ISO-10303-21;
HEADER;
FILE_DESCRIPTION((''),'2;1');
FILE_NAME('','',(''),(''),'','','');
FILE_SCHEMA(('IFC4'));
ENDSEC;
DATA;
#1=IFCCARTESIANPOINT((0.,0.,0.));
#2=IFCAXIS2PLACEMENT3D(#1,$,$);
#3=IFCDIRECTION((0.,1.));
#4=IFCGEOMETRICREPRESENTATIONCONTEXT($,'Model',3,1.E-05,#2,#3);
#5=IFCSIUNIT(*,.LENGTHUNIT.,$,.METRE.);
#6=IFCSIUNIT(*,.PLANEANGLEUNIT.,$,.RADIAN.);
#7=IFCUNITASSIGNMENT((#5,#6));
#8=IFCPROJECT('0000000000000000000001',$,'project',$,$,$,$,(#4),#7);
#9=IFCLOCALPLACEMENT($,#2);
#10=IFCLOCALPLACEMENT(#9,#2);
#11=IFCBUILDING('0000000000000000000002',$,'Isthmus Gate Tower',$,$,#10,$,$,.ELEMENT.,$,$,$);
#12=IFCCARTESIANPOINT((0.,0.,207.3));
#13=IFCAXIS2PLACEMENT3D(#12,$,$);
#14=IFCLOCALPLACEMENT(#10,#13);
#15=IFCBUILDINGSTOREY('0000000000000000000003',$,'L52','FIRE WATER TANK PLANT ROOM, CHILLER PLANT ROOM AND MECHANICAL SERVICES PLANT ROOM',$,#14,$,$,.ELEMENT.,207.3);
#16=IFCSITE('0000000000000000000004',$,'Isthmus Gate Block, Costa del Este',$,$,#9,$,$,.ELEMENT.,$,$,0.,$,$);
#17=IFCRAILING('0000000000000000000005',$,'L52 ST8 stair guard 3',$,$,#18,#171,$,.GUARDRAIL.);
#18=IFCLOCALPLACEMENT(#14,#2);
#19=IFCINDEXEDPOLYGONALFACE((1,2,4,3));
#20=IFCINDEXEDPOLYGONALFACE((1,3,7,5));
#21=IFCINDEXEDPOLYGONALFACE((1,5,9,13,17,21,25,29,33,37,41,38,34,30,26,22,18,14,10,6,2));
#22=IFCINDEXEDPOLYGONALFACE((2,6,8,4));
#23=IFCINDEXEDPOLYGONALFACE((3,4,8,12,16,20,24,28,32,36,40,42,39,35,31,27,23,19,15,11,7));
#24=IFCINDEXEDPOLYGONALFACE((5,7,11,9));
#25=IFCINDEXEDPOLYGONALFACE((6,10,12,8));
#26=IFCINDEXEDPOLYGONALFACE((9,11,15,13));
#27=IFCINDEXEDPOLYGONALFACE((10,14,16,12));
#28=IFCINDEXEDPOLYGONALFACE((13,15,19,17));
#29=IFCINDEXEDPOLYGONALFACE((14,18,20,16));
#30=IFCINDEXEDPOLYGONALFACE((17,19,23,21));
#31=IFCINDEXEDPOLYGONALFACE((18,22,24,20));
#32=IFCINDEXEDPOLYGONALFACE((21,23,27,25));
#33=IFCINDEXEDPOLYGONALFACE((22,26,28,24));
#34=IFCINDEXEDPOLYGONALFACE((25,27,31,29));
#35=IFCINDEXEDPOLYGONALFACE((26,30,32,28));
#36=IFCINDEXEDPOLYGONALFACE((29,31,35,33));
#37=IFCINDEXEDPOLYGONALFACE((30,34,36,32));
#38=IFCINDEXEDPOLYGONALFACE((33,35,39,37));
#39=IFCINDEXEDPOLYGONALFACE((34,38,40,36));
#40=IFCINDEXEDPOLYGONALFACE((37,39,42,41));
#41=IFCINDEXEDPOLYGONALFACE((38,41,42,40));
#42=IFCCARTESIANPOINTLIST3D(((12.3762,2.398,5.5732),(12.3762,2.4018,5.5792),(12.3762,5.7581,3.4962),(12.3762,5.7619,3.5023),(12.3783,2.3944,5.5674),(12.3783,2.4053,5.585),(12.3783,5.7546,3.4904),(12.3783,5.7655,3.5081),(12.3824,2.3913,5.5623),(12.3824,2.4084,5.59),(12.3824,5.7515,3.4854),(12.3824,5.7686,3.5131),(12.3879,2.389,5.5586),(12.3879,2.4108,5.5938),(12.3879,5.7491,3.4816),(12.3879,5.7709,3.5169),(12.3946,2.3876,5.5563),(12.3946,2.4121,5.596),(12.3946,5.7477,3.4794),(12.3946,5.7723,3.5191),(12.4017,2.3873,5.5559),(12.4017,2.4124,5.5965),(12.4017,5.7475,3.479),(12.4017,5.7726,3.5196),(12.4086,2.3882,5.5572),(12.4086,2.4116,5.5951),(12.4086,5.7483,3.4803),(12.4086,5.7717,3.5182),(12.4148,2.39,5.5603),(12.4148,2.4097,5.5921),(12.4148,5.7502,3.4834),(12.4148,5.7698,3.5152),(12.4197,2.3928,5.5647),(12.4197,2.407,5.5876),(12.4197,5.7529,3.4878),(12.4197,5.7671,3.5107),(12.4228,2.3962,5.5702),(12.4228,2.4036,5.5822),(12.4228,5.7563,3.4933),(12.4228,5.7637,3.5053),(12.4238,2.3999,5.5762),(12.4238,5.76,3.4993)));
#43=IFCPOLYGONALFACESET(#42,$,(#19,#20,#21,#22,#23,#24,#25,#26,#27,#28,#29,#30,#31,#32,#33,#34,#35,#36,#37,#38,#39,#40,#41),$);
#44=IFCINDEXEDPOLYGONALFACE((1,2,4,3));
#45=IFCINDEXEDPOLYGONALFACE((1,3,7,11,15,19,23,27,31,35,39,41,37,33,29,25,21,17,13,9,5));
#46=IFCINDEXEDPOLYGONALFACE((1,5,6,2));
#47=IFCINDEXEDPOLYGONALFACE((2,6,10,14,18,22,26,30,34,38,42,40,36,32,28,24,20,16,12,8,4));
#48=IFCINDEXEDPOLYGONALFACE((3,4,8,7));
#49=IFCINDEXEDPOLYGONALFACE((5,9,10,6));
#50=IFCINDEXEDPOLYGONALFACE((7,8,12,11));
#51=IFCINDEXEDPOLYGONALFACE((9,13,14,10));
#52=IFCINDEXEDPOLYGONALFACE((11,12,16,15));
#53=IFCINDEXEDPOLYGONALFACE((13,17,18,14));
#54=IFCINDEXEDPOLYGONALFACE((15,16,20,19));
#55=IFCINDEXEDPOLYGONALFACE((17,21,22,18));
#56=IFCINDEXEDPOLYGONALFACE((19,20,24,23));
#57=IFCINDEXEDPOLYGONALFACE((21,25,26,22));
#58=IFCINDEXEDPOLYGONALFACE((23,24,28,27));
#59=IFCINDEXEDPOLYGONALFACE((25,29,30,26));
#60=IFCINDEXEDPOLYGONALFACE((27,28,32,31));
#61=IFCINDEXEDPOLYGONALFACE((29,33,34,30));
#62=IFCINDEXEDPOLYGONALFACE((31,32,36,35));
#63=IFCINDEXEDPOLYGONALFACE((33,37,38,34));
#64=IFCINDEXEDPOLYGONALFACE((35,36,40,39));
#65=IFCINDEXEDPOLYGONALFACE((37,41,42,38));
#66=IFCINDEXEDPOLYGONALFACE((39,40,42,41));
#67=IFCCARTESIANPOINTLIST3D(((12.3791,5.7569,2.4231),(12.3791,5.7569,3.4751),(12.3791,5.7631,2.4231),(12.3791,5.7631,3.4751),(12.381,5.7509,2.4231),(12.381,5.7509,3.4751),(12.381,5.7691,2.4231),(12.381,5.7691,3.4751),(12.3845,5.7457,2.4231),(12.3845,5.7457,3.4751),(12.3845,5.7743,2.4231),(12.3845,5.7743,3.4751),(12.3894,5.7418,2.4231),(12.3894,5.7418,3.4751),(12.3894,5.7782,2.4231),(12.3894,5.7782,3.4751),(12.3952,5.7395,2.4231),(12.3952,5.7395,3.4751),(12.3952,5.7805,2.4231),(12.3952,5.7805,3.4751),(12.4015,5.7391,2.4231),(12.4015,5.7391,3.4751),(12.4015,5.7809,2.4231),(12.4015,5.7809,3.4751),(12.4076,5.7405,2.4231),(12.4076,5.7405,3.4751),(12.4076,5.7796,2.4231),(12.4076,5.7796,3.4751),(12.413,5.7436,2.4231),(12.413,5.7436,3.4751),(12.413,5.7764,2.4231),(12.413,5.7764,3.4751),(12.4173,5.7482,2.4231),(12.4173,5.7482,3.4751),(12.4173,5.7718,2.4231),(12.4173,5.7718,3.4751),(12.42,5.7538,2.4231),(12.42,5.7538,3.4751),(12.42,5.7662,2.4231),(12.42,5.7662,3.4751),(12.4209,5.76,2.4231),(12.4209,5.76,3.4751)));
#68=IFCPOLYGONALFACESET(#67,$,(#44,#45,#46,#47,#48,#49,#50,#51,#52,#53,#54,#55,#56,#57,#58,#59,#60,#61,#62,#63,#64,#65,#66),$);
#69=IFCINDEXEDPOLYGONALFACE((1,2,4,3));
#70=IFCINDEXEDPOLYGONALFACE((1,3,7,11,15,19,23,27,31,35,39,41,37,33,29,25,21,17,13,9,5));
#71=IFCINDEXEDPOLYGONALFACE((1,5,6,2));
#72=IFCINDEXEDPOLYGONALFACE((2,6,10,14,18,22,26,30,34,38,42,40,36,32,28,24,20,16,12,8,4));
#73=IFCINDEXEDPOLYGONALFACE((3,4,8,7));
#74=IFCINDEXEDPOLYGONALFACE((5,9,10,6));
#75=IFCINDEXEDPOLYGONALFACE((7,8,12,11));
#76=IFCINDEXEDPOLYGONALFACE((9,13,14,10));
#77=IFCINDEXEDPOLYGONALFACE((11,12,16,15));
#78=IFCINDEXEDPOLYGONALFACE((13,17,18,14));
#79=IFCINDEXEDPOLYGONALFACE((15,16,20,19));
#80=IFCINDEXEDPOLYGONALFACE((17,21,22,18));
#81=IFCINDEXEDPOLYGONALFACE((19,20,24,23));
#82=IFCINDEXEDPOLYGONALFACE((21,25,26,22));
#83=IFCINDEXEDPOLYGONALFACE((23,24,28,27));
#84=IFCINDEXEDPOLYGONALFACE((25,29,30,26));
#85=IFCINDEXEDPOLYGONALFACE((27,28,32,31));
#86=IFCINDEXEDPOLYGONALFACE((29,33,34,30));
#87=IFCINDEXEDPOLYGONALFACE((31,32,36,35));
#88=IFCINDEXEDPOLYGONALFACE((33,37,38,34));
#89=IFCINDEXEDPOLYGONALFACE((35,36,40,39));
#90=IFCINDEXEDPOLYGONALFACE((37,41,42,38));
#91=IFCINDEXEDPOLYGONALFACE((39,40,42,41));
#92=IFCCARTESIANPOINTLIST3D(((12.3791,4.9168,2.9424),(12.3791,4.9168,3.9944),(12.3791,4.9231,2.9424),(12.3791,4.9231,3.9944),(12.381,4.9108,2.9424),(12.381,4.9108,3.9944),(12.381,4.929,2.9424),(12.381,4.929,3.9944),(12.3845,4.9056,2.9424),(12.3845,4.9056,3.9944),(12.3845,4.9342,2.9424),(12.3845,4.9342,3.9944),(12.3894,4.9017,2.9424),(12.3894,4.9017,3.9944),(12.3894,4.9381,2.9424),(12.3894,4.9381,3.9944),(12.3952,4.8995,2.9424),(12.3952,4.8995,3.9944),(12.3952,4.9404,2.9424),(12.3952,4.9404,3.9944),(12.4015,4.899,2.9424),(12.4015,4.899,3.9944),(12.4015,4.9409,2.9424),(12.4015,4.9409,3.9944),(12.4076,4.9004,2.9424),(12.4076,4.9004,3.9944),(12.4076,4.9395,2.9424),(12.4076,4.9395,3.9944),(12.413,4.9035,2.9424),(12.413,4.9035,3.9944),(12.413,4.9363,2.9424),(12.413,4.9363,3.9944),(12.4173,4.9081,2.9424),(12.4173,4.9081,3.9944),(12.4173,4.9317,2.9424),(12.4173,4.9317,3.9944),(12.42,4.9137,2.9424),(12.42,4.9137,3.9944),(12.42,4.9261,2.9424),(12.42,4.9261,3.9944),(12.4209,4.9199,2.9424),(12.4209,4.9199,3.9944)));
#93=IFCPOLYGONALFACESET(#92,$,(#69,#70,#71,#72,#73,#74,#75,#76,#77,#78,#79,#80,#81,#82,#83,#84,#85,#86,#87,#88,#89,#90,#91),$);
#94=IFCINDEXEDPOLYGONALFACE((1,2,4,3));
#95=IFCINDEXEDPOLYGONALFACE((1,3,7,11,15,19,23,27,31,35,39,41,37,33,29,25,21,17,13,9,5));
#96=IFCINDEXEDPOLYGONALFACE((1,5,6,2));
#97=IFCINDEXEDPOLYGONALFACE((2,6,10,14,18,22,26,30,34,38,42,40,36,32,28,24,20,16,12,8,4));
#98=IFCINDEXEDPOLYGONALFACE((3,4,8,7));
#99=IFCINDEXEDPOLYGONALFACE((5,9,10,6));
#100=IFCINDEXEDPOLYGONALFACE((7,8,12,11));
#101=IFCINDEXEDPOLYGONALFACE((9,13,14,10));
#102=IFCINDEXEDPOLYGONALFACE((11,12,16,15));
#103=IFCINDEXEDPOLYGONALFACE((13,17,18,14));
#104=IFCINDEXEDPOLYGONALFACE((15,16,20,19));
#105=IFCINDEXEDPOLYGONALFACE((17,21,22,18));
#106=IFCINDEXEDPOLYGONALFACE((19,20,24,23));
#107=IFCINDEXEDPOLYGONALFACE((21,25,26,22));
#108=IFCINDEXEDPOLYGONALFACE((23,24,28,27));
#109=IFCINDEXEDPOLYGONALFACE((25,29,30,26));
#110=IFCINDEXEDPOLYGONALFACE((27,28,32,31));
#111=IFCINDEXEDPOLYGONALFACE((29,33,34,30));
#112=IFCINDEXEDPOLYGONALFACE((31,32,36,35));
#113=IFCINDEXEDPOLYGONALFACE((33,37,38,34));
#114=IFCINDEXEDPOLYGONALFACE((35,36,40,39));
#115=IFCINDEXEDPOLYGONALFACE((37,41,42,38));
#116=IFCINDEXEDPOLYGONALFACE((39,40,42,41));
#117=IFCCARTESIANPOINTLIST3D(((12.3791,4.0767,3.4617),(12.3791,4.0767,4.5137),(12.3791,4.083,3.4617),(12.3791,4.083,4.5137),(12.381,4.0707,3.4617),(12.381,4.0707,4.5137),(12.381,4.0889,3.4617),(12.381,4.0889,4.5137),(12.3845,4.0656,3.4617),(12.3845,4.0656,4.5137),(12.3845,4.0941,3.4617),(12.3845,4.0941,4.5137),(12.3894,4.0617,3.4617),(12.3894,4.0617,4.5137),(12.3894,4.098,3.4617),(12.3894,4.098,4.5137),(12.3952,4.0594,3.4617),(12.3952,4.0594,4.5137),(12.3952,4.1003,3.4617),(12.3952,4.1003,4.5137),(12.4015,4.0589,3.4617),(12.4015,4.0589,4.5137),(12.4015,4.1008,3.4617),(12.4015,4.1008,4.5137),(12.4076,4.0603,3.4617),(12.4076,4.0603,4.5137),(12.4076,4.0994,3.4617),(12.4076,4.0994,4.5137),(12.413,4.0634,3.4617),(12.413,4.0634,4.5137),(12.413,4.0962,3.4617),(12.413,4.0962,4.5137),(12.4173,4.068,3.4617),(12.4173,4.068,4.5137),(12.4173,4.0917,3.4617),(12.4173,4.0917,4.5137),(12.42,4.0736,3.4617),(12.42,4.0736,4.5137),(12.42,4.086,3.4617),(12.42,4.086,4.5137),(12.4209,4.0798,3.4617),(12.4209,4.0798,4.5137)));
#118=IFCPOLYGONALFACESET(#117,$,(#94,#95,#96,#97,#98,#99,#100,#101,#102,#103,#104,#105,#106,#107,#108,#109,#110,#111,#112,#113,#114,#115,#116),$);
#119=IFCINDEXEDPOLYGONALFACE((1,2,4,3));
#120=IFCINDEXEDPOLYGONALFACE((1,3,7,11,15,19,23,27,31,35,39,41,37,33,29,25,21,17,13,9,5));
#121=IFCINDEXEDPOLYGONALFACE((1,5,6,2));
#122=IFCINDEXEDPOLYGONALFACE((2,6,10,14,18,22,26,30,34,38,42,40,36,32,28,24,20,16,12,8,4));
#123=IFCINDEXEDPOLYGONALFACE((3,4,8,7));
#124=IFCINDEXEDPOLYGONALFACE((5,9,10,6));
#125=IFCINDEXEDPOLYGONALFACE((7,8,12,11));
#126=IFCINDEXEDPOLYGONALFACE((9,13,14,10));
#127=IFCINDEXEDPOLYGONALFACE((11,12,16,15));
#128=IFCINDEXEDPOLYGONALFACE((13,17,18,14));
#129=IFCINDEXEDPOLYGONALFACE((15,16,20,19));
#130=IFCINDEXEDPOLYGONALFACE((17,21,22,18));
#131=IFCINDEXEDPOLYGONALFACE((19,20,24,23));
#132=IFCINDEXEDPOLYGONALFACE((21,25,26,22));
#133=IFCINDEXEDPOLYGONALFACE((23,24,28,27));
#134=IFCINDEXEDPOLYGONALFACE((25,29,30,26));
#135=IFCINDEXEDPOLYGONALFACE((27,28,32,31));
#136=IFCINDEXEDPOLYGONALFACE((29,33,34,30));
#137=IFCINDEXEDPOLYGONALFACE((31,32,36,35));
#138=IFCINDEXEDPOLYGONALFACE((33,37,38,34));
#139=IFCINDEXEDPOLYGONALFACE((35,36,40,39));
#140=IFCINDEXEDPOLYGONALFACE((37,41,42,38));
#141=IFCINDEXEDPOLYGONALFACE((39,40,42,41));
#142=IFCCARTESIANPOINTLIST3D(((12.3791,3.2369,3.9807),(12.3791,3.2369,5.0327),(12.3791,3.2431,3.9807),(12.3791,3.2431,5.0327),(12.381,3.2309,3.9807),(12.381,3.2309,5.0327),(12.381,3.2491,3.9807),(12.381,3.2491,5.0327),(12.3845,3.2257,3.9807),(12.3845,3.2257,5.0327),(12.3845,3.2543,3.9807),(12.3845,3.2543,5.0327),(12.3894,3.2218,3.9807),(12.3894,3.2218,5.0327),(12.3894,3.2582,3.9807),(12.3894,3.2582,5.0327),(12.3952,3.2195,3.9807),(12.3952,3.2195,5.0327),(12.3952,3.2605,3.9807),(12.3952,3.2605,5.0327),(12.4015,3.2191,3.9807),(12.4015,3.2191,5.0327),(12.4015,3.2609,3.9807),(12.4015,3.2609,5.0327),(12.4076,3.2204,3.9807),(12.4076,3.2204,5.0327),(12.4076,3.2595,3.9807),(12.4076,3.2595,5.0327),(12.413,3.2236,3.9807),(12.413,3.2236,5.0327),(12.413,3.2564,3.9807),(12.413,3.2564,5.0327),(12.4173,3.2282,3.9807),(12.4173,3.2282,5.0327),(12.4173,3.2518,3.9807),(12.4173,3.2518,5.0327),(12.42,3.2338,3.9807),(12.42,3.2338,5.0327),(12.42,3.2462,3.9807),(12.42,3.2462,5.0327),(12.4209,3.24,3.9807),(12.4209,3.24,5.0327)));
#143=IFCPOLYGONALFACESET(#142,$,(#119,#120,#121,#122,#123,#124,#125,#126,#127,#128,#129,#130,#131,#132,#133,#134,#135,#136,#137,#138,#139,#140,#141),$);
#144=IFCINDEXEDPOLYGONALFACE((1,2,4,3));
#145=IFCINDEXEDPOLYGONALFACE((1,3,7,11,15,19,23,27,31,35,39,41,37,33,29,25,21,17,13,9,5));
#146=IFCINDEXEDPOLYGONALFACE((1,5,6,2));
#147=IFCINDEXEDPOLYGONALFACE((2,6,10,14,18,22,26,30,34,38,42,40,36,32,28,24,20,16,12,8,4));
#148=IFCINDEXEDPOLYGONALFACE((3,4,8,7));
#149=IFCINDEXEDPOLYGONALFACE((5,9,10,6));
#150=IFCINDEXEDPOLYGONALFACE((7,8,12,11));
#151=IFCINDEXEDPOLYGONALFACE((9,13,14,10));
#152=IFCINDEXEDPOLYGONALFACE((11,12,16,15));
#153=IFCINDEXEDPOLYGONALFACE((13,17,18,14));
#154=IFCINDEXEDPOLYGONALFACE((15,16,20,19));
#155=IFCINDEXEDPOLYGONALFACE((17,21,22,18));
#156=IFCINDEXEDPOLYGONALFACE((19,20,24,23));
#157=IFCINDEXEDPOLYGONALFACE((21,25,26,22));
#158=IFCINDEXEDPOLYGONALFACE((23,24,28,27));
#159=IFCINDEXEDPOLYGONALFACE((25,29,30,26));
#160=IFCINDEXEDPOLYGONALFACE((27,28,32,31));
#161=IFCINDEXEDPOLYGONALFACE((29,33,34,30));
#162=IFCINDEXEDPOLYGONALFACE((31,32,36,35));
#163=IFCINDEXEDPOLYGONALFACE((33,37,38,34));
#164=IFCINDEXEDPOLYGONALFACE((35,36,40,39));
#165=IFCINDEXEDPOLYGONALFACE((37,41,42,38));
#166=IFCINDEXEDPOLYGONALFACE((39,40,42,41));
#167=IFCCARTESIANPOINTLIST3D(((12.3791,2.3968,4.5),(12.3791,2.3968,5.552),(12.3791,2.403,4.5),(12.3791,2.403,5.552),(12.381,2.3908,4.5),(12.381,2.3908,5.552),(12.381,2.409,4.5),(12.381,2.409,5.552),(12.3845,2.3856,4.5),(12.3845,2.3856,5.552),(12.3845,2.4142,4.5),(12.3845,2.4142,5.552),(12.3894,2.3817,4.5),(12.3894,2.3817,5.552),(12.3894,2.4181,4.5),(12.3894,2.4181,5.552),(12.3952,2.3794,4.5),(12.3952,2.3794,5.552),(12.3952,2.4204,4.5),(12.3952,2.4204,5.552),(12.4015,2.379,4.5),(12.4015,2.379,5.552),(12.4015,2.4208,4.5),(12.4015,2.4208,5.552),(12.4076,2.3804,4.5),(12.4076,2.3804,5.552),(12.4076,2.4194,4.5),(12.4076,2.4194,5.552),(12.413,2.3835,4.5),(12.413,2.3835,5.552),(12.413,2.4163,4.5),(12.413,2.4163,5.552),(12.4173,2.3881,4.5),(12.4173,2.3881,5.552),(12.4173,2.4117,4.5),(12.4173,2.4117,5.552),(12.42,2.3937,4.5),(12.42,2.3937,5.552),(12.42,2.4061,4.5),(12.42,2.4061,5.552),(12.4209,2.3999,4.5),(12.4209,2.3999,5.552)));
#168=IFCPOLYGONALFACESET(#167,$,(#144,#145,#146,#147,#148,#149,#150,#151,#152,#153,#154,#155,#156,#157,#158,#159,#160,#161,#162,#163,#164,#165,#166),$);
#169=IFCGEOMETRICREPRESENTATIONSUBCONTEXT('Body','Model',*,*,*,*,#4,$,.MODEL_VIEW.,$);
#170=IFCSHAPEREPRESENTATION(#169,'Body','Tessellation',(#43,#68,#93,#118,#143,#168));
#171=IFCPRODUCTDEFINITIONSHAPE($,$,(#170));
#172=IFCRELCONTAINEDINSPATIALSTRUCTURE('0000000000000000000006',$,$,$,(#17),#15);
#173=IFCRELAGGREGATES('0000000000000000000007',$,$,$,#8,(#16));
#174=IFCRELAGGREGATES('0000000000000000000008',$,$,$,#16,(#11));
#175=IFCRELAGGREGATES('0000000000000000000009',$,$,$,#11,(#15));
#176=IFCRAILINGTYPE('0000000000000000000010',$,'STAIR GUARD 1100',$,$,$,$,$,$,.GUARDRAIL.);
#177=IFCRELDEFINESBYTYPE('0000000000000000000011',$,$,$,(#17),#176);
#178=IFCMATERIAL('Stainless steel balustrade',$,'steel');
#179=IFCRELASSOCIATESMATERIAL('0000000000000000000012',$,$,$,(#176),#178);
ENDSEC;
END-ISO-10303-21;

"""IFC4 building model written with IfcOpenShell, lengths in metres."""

from ifc_helpers import new_model, si_unit, direction, frame, origin, origin_2d, place, context, subcontext, project, spatial, circle, extrude, material, type_object, element, save


model = new_model("IFC4")

# Units and contexts
model_context = context("Model", 3, precision=1e-05, world=origin(), true_north=direction((0.0, 1.0)))
body_context = subcontext(model_context, "Body", "Model", "MODEL_VIEW")
ifc_project = project(units=[si_unit("LENGTHUNIT", "METRE"), si_unit("PLANEANGLEUNIT", "RADIAN")], contexts=[model_context])

# Site, building, storey
site_placement = place(None, origin())
site = spatial("IfcSite", under=ifc_project, at=site_placement, Name="Isthmus Gate Block, Costa del Este", CompositionType="ELEMENT", RefElevation=0.0)
building_placement = place(site_placement, origin())
building = spatial("IfcBuilding", under=site, at=building_placement, Name="Isthmus Gate Tower", CompositionType="ELEMENT")
storey_placement = place(building_placement, frame((0.0, 0.0, 207.3)))
storey = spatial("IfcBuildingStorey", under=building, at=storey_placement, Name="L52", Description="FIRE WATER TANK PLANT ROOM, CHILLER PLANT ROOM AND MECHANICAL SERVICES PLANT ROOM", CompositionType="ELEMENT", Elevation=207.3)

# Railing
ifc_material_1 = material(Name="Stainless steel balustrade", Category="steel")
railing_type_1 = type_object("IfcRailingType", Name="STAIR GUARD 1100", PredefinedType="GUARDRAIL", material=ifc_material_1)
railing_1_placement = place(storey_placement, frame((12.3999, 5.76, 2.4231)))
element("IfcRailing", 1, at=railing_1_placement, inside=storey, type_object=railing_type_1, Name="L52 ST8 stair guard 3", PredefinedType="GUARDRAIL", context=body_context, shape_type="SweptSolid", body=[
    extrude(circle(Radius=0.0239, at=origin_2d()), frame((0.0, 0.0, 1.0762), z_axis=(0.0, -0.850623, 0.525776), x_axis=(1.0, 0.0, 0.0)), (0.0, 0.0, 1.0), 3.9502),
    extrude(circle(Radius=0.021, at=origin_2d()), origin(), (0.0, 0.0, 1.0), 1.052),
    extrude(circle(Radius=0.021, at=origin_2d()), frame((0.0, -0.8401, 0.5193)), (0.0, 0.0, 1.0), 1.052),
    extrude(circle(Radius=0.021, at=origin_2d()), frame((0.0, -1.6802, 1.0386)), (0.0, 0.0, 1.0), 1.052),
    extrude(circle(Radius=0.021, at=origin_2d()), frame((0.0, -2.52, 1.5576)), (0.0, 0.0, 1.0), 1.052),
    extrude(circle(Radius=0.021, at=origin_2d()), frame((0.0, -3.3601, 2.0769)), (0.0, 0.0, 1.0), 1.052),
])

save(model, "model.ifc")
